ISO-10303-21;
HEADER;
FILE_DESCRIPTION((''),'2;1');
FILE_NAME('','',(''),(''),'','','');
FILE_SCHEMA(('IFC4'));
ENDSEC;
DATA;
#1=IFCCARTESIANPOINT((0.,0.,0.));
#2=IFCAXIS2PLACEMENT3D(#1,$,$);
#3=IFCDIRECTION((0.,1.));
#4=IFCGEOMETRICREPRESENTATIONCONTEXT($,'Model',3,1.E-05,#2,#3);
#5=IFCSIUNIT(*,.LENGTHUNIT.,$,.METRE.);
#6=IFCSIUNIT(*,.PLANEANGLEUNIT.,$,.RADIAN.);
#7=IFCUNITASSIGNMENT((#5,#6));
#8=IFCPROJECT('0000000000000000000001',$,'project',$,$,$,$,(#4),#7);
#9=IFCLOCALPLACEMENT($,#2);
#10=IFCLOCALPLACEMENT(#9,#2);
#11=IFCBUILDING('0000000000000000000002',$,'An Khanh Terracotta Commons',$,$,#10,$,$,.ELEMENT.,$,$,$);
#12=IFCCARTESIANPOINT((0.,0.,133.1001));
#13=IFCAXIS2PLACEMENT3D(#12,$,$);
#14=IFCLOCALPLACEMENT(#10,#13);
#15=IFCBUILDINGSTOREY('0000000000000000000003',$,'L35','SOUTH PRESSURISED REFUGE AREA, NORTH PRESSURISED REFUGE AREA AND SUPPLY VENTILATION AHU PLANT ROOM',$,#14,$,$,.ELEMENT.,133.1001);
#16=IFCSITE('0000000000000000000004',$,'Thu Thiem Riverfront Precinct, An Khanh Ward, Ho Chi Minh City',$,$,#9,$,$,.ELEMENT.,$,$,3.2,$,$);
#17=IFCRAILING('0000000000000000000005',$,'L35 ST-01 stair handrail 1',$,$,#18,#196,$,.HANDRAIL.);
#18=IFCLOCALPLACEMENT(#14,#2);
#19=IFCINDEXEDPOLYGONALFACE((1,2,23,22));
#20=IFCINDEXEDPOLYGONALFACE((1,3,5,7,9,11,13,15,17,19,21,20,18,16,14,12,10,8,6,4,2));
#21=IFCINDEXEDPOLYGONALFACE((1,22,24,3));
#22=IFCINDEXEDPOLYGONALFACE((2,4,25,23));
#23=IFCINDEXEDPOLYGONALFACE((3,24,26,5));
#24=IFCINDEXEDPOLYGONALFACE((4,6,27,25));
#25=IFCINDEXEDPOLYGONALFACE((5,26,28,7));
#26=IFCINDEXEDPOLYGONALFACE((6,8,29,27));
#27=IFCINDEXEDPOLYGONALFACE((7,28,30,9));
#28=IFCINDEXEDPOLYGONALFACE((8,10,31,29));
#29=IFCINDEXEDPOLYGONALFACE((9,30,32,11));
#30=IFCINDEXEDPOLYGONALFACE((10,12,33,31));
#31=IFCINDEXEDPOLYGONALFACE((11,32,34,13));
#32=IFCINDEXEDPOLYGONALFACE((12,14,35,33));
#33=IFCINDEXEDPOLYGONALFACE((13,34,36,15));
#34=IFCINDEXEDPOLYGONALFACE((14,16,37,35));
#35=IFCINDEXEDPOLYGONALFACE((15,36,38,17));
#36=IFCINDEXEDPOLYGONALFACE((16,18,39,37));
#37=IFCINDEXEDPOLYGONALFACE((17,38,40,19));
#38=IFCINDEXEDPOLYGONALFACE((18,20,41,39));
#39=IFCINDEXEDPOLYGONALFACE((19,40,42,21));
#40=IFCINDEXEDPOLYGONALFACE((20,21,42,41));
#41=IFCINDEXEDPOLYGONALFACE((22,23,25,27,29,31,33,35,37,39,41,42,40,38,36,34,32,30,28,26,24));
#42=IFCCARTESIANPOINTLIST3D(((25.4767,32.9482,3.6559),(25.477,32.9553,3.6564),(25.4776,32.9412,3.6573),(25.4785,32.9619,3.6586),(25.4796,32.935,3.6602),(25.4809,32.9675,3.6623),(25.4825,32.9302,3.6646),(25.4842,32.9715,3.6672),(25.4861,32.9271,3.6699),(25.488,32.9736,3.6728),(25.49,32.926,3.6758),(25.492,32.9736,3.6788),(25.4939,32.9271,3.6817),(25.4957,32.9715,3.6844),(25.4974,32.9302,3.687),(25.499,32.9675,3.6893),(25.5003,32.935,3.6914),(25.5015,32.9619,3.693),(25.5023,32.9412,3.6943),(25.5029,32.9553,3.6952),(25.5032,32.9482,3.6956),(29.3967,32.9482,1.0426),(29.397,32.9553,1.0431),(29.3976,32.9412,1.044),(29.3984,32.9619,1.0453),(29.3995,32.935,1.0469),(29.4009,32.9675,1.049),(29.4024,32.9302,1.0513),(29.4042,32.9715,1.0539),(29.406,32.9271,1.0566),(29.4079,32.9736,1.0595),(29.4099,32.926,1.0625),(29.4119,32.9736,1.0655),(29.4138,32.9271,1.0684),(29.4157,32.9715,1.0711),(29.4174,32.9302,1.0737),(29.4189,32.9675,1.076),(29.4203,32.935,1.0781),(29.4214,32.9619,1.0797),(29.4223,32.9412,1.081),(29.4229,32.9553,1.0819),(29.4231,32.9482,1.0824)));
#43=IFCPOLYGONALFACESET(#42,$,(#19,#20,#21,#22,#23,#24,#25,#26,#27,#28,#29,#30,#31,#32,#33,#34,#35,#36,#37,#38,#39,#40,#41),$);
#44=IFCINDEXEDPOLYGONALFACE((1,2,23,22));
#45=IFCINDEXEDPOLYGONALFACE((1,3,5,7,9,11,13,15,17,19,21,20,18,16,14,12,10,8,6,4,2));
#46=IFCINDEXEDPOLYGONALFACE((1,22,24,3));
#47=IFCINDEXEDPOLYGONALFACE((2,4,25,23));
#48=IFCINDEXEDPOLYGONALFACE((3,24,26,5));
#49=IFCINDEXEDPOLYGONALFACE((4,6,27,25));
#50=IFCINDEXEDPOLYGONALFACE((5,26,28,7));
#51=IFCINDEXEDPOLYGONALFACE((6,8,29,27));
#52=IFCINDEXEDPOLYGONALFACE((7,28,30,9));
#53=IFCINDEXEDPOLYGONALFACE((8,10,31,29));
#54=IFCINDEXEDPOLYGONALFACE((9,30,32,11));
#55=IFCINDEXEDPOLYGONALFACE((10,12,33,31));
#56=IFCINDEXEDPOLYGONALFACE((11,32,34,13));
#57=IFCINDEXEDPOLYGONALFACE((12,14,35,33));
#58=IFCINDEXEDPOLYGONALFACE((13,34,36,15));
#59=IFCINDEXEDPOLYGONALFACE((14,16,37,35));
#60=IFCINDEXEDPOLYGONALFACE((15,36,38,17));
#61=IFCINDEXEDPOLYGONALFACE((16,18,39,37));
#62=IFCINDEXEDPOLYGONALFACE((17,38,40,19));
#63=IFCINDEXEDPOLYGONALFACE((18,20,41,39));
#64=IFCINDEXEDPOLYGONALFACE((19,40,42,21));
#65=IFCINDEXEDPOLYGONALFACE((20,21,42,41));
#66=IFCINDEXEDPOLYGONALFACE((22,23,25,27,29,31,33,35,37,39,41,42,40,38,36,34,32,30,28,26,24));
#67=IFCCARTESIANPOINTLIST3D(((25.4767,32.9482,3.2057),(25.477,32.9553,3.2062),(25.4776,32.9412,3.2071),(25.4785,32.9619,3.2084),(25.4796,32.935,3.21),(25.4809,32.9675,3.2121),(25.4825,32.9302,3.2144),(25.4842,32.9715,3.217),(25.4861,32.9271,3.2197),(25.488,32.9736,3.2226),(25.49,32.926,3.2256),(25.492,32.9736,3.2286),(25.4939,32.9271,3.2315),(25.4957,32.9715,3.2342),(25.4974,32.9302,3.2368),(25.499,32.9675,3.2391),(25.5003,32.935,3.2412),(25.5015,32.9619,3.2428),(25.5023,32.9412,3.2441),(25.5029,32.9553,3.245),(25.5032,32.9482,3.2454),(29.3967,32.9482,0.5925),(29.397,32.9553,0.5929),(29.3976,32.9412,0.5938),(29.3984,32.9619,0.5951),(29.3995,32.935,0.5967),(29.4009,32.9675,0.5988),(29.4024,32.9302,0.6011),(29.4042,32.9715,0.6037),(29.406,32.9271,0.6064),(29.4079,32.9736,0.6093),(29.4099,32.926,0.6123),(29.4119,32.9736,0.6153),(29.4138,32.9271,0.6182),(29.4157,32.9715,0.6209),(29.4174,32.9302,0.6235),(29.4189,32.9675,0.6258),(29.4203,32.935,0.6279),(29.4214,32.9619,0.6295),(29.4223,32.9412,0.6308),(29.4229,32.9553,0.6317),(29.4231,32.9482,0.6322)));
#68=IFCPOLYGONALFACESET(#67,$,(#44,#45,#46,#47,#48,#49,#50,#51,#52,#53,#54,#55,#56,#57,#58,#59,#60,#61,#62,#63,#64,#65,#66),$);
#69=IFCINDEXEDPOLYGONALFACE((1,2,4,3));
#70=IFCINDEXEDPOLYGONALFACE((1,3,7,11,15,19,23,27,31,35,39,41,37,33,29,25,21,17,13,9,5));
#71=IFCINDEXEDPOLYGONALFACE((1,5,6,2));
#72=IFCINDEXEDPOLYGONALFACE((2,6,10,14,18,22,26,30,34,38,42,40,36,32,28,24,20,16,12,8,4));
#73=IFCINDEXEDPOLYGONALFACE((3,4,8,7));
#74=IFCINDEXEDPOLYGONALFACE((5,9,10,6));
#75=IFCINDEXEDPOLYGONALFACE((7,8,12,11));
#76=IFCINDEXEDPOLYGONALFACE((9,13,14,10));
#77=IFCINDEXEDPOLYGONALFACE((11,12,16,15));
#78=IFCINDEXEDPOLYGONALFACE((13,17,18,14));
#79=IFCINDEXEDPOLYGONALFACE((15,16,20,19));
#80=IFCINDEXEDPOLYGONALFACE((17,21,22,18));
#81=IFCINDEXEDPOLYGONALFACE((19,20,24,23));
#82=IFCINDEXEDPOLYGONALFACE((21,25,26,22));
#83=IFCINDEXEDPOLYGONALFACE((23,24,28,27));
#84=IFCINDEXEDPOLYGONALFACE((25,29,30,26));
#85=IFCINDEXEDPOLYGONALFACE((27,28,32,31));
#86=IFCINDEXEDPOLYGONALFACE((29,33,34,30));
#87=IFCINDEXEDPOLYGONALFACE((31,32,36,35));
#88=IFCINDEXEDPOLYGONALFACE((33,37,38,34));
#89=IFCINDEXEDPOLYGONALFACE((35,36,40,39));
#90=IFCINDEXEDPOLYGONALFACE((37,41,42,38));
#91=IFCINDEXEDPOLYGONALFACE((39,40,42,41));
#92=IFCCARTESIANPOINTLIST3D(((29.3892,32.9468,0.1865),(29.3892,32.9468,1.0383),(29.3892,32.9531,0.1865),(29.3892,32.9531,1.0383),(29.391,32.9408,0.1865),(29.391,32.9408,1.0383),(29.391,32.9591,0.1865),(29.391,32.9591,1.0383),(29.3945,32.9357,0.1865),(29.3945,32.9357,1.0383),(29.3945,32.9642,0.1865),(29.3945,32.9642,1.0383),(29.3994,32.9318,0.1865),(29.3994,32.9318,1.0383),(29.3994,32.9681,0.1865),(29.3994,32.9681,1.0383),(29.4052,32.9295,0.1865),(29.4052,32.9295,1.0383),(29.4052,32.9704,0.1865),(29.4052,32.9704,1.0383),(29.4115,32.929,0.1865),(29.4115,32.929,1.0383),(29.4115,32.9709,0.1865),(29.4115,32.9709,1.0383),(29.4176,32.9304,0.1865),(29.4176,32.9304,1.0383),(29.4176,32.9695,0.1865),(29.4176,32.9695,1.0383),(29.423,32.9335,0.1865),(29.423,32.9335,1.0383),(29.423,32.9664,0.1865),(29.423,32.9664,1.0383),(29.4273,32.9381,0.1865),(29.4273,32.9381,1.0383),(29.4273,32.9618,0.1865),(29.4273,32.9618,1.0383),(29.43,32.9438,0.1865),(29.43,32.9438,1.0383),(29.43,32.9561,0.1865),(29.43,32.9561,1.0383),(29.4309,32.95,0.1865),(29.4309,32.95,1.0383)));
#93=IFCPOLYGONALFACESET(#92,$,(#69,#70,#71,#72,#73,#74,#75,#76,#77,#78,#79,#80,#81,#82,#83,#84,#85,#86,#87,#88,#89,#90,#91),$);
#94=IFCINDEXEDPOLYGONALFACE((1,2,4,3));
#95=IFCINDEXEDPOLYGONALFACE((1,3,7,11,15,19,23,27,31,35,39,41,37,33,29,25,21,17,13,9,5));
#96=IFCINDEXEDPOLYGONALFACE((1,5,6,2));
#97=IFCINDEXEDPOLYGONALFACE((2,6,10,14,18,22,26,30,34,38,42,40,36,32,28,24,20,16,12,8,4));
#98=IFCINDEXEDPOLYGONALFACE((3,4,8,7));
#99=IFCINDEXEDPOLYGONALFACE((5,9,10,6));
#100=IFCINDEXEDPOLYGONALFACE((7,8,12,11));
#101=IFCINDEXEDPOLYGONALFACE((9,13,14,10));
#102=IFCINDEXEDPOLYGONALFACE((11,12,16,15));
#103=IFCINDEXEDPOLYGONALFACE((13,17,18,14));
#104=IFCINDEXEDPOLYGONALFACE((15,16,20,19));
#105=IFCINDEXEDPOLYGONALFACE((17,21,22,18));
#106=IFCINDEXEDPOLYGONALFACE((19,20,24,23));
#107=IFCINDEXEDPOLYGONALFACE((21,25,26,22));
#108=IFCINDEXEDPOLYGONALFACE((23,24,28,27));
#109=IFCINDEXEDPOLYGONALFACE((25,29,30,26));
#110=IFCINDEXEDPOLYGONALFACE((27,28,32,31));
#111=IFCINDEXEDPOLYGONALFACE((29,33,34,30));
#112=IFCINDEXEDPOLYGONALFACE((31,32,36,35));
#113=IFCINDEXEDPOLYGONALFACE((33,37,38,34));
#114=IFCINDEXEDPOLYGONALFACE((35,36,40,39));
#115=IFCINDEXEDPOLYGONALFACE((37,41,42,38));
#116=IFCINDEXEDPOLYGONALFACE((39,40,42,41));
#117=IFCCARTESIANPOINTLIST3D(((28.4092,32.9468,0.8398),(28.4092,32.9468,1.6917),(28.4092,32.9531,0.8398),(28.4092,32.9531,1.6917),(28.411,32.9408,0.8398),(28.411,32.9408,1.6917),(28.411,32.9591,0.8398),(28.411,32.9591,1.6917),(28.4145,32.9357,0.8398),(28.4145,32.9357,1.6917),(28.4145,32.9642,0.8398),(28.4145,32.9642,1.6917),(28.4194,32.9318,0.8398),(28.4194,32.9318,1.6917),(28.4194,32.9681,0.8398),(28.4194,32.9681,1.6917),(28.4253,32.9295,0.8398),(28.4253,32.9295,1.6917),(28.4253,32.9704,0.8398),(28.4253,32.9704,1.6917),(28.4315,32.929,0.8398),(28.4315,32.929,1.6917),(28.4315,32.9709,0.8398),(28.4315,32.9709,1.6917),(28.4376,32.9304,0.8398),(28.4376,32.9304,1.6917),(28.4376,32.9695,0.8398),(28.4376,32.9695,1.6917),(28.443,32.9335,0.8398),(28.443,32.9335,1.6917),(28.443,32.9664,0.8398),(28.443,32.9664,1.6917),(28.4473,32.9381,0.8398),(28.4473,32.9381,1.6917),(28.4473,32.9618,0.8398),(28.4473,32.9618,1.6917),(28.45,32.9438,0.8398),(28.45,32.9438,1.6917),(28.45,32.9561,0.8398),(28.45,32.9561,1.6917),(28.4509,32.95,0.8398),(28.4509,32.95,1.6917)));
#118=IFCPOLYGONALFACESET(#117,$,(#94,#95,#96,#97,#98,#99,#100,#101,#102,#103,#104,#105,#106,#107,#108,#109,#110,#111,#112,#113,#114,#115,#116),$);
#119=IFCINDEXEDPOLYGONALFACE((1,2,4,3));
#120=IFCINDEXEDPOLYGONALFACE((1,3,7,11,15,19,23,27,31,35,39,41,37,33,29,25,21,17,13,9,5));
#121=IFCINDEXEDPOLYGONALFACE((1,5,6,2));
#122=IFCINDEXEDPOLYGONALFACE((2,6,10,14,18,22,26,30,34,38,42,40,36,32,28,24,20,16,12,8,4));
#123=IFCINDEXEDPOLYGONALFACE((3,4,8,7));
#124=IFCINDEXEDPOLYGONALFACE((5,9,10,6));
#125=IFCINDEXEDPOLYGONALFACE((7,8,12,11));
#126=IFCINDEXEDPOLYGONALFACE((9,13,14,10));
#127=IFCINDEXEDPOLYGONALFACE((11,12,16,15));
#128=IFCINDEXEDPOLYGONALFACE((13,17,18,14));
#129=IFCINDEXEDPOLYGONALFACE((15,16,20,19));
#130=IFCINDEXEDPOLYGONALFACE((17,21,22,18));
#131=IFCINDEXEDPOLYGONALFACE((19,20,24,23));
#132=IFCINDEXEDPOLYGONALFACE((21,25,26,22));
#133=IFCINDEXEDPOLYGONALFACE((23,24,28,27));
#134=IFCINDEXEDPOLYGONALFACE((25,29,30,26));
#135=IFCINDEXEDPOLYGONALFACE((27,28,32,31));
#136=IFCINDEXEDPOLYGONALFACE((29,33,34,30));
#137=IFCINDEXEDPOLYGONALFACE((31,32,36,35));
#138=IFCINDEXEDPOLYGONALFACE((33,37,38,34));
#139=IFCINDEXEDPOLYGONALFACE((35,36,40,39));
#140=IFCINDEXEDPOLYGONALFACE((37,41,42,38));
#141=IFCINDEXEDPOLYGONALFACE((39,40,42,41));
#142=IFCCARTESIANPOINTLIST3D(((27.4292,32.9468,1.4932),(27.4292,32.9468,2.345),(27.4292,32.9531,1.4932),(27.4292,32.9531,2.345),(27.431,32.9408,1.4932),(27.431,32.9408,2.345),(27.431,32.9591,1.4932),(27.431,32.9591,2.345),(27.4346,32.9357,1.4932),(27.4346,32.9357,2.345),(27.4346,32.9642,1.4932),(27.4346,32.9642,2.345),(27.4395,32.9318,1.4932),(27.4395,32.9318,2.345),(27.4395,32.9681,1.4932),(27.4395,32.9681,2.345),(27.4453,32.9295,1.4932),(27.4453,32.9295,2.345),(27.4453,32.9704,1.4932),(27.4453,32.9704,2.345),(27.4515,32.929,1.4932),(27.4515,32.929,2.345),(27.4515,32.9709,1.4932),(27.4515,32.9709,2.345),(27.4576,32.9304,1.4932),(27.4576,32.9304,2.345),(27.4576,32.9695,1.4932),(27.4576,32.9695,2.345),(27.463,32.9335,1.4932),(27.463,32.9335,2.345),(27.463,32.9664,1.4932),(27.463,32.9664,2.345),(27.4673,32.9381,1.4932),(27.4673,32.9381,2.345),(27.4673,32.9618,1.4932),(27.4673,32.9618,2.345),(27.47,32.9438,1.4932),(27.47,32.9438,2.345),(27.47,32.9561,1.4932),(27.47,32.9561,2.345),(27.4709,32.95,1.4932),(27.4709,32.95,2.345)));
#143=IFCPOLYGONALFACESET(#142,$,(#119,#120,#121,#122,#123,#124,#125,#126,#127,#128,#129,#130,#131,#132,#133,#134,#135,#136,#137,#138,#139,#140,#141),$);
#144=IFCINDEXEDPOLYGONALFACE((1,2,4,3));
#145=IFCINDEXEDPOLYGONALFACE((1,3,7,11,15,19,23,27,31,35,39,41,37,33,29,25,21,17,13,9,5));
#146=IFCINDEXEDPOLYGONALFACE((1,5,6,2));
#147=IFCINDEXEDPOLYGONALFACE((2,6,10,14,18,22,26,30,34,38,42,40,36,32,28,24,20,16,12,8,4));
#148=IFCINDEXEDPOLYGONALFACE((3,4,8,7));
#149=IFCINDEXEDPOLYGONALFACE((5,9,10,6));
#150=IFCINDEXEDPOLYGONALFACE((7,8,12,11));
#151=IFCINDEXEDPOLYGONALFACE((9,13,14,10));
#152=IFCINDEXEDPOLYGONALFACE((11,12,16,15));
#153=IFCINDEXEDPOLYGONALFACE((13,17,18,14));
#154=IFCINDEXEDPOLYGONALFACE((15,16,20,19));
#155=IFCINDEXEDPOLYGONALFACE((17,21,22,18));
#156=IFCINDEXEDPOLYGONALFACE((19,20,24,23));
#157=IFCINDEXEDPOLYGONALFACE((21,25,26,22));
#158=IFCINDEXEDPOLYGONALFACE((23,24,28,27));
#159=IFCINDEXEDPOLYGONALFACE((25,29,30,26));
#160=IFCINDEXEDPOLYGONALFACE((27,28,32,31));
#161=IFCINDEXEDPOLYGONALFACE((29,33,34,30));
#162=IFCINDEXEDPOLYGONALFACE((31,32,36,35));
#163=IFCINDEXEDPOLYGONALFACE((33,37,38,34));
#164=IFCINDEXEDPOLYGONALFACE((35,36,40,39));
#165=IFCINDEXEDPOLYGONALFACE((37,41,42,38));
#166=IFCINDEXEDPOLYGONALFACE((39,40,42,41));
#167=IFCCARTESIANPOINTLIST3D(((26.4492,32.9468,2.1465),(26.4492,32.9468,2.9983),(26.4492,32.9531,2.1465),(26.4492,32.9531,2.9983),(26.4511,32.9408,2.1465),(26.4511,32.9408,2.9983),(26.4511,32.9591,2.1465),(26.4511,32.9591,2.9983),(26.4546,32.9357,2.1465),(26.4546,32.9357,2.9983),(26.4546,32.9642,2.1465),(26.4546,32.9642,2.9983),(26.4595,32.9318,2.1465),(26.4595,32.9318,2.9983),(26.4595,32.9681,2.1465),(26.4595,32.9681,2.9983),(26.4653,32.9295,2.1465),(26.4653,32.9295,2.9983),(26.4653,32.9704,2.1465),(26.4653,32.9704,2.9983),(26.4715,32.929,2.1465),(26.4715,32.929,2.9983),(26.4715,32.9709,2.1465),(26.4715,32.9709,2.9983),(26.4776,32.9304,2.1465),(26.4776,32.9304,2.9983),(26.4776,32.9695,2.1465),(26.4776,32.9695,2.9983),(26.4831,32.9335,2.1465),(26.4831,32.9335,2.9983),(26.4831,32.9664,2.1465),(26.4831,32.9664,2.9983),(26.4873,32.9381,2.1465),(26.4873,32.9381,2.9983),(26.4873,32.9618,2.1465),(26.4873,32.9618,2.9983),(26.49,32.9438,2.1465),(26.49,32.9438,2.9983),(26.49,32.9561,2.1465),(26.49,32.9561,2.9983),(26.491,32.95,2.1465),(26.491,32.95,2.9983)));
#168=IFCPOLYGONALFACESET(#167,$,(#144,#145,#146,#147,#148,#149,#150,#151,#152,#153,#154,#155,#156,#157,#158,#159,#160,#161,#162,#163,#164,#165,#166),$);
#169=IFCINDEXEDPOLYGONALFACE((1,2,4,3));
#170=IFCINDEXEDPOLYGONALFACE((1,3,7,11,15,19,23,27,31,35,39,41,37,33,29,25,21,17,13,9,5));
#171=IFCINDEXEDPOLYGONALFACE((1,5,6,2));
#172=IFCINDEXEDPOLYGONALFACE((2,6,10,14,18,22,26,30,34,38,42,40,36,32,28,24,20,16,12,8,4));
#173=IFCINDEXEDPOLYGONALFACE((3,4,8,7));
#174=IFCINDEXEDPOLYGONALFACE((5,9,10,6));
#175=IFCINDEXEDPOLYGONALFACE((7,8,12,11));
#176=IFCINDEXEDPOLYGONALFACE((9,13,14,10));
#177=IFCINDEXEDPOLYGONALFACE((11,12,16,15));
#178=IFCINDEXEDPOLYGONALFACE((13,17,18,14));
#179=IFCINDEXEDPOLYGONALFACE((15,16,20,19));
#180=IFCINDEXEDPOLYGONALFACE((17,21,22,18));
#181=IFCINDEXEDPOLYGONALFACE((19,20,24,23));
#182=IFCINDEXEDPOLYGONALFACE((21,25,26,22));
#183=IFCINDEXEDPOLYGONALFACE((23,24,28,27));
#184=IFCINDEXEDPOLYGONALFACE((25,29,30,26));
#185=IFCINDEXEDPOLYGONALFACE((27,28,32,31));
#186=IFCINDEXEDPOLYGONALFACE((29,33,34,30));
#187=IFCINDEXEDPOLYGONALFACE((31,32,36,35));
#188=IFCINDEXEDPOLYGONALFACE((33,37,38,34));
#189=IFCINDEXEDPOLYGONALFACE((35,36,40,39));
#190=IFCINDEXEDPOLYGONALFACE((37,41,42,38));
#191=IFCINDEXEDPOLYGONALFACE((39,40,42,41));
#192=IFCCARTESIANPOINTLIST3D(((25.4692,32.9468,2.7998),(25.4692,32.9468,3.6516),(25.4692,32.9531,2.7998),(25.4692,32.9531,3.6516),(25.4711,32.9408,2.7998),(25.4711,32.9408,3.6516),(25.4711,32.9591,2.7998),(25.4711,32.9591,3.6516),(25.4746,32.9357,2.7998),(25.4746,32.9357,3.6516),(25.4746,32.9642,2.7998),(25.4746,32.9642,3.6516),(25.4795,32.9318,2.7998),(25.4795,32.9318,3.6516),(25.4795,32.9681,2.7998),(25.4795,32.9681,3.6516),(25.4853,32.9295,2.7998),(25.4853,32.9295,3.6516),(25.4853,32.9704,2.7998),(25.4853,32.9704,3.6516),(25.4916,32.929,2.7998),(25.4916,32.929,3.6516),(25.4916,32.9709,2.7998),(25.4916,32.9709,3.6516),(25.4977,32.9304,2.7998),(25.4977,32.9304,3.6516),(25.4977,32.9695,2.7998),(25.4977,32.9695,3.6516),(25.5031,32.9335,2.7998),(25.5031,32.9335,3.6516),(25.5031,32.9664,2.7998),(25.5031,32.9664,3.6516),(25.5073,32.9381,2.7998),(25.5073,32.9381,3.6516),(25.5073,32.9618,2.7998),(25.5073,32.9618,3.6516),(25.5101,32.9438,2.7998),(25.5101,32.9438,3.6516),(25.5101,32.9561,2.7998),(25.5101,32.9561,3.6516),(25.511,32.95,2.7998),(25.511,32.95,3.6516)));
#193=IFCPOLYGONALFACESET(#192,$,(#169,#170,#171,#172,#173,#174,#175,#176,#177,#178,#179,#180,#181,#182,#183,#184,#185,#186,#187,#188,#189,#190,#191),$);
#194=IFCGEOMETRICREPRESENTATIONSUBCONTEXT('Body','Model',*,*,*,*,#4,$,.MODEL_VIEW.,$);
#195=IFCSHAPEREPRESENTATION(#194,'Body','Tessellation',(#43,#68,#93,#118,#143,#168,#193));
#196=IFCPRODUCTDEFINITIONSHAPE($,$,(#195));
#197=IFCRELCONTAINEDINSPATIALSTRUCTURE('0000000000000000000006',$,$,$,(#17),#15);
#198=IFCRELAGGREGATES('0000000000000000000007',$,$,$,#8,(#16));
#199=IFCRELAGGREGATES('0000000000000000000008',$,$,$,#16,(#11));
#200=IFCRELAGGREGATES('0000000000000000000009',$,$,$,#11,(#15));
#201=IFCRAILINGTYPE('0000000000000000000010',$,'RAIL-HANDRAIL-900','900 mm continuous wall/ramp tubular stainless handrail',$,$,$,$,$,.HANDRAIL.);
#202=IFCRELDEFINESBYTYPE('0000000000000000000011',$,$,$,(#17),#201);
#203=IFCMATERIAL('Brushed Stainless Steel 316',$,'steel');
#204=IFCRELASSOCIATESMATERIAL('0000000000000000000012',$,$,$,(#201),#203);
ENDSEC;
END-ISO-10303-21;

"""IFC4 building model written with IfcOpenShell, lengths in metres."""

from ifc_helpers import new_model, si_unit, direction, frame, origin, origin_2d, place, context, subcontext, project, spatial, circle, extrude, material, type_object, element, save


model = new_model("IFC4")

# Units and contexts
model_context = context("Model", 3, precision=1e-05, world=origin(), true_north=direction((0.0, 1.0)))
body_context = subcontext(model_context, "Body", "Model", "MODEL_VIEW")
ifc_project = project(units=[si_unit("LENGTHUNIT", "METRE"), si_unit("PLANEANGLEUNIT", "RADIAN")], contexts=[model_context])

# Site, building, storey
site_placement = place(None, origin())
site = spatial("IfcSite", under=ifc_project, at=site_placement, Name="Thu Thiem Riverfront Precinct, An Khanh Ward, Ho Chi Minh City", CompositionType="ELEMENT", RefElevation=3.2)
building_placement = place(site_placement, origin())
building = spatial("IfcBuilding", under=site, at=building_placement, Name="An Khanh Terracotta Commons", CompositionType="ELEMENT")
storey_placement = place(building_placement, frame((0.0, 0.0, 133.1001)))
storey = spatial("IfcBuildingStorey", under=building, at=storey_placement, Name="L35", Description="SOUTH PRESSURISED REFUGE AREA, NORTH PRESSURISED REFUGE AREA AND SUPPLY VENTILATION AHU PLANT ROOM", CompositionType="ELEMENT", Elevation=133.1001)

# Railing
ifc_material_1 = material(Name="Brushed Stainless Steel 316", Category="steel")
railing_type_1 = type_object("IfcRailingType", Name="RAIL-HANDRAIL-900", Description="900 mm continuous wall/ramp tubular stainless handrail", PredefinedType="HANDRAIL", material=ifc_material_1)
railing_1_placement = place(storey_placement, frame((29.4099, 32.95, 0.1865)))
element("IfcRailing", 1, at=railing_1_placement, inside=storey, type_object=railing_type_1, Name="L35 ST-01 stair handrail 1", PredefinedType="HANDRAIL", context=body_context, shape_type="SweptSolid", body=[
    extrude(circle(Radius=0.0239, at=origin_2d()), frame((0.0, 0.0, 0.876), z_axis=(-0.83205, 0.0, 0.5547), x_axis=(0.0, -1.0, 0.0)), (0.0, 0.0, 1.0), 4.7112),
    extrude(circle(Radius=0.0239, at=origin_2d()), frame((0.0, 0.0, 0.4258), z_axis=(-0.83205, 0.0, 0.5547), x_axis=(0.0, -1.0, 0.0)), (0.0, 0.0, 1.0), 4.7112),
    extrude(circle(Radius=0.021, at=origin_2d()), origin(), (0.0, 0.0, 1.0), 0.8518),
    extrude(circle(Radius=0.021, at=origin_2d()), frame((-0.98, 0.0, 0.6533)), (0.0, 0.0, 1.0), 0.8518),
    extrude(circle(Radius=0.021, at=origin_2d()), frame((-1.96, 0.0, 1.3066)), (0.0, 0.0, 1.0), 0.8518),
    extrude(circle(Radius=0.021, at=origin_2d()), frame((-2.9399, 0.0, 1.96)), (0.0, 0.0, 1.0), 0.8518),
    extrude(circle(Radius=0.021, at=origin_2d()), frame((-3.9199, 0.0, 2.6133)), (0.0, 0.0, 1.0), 0.8518),
])

save(model, "model.ifc")
